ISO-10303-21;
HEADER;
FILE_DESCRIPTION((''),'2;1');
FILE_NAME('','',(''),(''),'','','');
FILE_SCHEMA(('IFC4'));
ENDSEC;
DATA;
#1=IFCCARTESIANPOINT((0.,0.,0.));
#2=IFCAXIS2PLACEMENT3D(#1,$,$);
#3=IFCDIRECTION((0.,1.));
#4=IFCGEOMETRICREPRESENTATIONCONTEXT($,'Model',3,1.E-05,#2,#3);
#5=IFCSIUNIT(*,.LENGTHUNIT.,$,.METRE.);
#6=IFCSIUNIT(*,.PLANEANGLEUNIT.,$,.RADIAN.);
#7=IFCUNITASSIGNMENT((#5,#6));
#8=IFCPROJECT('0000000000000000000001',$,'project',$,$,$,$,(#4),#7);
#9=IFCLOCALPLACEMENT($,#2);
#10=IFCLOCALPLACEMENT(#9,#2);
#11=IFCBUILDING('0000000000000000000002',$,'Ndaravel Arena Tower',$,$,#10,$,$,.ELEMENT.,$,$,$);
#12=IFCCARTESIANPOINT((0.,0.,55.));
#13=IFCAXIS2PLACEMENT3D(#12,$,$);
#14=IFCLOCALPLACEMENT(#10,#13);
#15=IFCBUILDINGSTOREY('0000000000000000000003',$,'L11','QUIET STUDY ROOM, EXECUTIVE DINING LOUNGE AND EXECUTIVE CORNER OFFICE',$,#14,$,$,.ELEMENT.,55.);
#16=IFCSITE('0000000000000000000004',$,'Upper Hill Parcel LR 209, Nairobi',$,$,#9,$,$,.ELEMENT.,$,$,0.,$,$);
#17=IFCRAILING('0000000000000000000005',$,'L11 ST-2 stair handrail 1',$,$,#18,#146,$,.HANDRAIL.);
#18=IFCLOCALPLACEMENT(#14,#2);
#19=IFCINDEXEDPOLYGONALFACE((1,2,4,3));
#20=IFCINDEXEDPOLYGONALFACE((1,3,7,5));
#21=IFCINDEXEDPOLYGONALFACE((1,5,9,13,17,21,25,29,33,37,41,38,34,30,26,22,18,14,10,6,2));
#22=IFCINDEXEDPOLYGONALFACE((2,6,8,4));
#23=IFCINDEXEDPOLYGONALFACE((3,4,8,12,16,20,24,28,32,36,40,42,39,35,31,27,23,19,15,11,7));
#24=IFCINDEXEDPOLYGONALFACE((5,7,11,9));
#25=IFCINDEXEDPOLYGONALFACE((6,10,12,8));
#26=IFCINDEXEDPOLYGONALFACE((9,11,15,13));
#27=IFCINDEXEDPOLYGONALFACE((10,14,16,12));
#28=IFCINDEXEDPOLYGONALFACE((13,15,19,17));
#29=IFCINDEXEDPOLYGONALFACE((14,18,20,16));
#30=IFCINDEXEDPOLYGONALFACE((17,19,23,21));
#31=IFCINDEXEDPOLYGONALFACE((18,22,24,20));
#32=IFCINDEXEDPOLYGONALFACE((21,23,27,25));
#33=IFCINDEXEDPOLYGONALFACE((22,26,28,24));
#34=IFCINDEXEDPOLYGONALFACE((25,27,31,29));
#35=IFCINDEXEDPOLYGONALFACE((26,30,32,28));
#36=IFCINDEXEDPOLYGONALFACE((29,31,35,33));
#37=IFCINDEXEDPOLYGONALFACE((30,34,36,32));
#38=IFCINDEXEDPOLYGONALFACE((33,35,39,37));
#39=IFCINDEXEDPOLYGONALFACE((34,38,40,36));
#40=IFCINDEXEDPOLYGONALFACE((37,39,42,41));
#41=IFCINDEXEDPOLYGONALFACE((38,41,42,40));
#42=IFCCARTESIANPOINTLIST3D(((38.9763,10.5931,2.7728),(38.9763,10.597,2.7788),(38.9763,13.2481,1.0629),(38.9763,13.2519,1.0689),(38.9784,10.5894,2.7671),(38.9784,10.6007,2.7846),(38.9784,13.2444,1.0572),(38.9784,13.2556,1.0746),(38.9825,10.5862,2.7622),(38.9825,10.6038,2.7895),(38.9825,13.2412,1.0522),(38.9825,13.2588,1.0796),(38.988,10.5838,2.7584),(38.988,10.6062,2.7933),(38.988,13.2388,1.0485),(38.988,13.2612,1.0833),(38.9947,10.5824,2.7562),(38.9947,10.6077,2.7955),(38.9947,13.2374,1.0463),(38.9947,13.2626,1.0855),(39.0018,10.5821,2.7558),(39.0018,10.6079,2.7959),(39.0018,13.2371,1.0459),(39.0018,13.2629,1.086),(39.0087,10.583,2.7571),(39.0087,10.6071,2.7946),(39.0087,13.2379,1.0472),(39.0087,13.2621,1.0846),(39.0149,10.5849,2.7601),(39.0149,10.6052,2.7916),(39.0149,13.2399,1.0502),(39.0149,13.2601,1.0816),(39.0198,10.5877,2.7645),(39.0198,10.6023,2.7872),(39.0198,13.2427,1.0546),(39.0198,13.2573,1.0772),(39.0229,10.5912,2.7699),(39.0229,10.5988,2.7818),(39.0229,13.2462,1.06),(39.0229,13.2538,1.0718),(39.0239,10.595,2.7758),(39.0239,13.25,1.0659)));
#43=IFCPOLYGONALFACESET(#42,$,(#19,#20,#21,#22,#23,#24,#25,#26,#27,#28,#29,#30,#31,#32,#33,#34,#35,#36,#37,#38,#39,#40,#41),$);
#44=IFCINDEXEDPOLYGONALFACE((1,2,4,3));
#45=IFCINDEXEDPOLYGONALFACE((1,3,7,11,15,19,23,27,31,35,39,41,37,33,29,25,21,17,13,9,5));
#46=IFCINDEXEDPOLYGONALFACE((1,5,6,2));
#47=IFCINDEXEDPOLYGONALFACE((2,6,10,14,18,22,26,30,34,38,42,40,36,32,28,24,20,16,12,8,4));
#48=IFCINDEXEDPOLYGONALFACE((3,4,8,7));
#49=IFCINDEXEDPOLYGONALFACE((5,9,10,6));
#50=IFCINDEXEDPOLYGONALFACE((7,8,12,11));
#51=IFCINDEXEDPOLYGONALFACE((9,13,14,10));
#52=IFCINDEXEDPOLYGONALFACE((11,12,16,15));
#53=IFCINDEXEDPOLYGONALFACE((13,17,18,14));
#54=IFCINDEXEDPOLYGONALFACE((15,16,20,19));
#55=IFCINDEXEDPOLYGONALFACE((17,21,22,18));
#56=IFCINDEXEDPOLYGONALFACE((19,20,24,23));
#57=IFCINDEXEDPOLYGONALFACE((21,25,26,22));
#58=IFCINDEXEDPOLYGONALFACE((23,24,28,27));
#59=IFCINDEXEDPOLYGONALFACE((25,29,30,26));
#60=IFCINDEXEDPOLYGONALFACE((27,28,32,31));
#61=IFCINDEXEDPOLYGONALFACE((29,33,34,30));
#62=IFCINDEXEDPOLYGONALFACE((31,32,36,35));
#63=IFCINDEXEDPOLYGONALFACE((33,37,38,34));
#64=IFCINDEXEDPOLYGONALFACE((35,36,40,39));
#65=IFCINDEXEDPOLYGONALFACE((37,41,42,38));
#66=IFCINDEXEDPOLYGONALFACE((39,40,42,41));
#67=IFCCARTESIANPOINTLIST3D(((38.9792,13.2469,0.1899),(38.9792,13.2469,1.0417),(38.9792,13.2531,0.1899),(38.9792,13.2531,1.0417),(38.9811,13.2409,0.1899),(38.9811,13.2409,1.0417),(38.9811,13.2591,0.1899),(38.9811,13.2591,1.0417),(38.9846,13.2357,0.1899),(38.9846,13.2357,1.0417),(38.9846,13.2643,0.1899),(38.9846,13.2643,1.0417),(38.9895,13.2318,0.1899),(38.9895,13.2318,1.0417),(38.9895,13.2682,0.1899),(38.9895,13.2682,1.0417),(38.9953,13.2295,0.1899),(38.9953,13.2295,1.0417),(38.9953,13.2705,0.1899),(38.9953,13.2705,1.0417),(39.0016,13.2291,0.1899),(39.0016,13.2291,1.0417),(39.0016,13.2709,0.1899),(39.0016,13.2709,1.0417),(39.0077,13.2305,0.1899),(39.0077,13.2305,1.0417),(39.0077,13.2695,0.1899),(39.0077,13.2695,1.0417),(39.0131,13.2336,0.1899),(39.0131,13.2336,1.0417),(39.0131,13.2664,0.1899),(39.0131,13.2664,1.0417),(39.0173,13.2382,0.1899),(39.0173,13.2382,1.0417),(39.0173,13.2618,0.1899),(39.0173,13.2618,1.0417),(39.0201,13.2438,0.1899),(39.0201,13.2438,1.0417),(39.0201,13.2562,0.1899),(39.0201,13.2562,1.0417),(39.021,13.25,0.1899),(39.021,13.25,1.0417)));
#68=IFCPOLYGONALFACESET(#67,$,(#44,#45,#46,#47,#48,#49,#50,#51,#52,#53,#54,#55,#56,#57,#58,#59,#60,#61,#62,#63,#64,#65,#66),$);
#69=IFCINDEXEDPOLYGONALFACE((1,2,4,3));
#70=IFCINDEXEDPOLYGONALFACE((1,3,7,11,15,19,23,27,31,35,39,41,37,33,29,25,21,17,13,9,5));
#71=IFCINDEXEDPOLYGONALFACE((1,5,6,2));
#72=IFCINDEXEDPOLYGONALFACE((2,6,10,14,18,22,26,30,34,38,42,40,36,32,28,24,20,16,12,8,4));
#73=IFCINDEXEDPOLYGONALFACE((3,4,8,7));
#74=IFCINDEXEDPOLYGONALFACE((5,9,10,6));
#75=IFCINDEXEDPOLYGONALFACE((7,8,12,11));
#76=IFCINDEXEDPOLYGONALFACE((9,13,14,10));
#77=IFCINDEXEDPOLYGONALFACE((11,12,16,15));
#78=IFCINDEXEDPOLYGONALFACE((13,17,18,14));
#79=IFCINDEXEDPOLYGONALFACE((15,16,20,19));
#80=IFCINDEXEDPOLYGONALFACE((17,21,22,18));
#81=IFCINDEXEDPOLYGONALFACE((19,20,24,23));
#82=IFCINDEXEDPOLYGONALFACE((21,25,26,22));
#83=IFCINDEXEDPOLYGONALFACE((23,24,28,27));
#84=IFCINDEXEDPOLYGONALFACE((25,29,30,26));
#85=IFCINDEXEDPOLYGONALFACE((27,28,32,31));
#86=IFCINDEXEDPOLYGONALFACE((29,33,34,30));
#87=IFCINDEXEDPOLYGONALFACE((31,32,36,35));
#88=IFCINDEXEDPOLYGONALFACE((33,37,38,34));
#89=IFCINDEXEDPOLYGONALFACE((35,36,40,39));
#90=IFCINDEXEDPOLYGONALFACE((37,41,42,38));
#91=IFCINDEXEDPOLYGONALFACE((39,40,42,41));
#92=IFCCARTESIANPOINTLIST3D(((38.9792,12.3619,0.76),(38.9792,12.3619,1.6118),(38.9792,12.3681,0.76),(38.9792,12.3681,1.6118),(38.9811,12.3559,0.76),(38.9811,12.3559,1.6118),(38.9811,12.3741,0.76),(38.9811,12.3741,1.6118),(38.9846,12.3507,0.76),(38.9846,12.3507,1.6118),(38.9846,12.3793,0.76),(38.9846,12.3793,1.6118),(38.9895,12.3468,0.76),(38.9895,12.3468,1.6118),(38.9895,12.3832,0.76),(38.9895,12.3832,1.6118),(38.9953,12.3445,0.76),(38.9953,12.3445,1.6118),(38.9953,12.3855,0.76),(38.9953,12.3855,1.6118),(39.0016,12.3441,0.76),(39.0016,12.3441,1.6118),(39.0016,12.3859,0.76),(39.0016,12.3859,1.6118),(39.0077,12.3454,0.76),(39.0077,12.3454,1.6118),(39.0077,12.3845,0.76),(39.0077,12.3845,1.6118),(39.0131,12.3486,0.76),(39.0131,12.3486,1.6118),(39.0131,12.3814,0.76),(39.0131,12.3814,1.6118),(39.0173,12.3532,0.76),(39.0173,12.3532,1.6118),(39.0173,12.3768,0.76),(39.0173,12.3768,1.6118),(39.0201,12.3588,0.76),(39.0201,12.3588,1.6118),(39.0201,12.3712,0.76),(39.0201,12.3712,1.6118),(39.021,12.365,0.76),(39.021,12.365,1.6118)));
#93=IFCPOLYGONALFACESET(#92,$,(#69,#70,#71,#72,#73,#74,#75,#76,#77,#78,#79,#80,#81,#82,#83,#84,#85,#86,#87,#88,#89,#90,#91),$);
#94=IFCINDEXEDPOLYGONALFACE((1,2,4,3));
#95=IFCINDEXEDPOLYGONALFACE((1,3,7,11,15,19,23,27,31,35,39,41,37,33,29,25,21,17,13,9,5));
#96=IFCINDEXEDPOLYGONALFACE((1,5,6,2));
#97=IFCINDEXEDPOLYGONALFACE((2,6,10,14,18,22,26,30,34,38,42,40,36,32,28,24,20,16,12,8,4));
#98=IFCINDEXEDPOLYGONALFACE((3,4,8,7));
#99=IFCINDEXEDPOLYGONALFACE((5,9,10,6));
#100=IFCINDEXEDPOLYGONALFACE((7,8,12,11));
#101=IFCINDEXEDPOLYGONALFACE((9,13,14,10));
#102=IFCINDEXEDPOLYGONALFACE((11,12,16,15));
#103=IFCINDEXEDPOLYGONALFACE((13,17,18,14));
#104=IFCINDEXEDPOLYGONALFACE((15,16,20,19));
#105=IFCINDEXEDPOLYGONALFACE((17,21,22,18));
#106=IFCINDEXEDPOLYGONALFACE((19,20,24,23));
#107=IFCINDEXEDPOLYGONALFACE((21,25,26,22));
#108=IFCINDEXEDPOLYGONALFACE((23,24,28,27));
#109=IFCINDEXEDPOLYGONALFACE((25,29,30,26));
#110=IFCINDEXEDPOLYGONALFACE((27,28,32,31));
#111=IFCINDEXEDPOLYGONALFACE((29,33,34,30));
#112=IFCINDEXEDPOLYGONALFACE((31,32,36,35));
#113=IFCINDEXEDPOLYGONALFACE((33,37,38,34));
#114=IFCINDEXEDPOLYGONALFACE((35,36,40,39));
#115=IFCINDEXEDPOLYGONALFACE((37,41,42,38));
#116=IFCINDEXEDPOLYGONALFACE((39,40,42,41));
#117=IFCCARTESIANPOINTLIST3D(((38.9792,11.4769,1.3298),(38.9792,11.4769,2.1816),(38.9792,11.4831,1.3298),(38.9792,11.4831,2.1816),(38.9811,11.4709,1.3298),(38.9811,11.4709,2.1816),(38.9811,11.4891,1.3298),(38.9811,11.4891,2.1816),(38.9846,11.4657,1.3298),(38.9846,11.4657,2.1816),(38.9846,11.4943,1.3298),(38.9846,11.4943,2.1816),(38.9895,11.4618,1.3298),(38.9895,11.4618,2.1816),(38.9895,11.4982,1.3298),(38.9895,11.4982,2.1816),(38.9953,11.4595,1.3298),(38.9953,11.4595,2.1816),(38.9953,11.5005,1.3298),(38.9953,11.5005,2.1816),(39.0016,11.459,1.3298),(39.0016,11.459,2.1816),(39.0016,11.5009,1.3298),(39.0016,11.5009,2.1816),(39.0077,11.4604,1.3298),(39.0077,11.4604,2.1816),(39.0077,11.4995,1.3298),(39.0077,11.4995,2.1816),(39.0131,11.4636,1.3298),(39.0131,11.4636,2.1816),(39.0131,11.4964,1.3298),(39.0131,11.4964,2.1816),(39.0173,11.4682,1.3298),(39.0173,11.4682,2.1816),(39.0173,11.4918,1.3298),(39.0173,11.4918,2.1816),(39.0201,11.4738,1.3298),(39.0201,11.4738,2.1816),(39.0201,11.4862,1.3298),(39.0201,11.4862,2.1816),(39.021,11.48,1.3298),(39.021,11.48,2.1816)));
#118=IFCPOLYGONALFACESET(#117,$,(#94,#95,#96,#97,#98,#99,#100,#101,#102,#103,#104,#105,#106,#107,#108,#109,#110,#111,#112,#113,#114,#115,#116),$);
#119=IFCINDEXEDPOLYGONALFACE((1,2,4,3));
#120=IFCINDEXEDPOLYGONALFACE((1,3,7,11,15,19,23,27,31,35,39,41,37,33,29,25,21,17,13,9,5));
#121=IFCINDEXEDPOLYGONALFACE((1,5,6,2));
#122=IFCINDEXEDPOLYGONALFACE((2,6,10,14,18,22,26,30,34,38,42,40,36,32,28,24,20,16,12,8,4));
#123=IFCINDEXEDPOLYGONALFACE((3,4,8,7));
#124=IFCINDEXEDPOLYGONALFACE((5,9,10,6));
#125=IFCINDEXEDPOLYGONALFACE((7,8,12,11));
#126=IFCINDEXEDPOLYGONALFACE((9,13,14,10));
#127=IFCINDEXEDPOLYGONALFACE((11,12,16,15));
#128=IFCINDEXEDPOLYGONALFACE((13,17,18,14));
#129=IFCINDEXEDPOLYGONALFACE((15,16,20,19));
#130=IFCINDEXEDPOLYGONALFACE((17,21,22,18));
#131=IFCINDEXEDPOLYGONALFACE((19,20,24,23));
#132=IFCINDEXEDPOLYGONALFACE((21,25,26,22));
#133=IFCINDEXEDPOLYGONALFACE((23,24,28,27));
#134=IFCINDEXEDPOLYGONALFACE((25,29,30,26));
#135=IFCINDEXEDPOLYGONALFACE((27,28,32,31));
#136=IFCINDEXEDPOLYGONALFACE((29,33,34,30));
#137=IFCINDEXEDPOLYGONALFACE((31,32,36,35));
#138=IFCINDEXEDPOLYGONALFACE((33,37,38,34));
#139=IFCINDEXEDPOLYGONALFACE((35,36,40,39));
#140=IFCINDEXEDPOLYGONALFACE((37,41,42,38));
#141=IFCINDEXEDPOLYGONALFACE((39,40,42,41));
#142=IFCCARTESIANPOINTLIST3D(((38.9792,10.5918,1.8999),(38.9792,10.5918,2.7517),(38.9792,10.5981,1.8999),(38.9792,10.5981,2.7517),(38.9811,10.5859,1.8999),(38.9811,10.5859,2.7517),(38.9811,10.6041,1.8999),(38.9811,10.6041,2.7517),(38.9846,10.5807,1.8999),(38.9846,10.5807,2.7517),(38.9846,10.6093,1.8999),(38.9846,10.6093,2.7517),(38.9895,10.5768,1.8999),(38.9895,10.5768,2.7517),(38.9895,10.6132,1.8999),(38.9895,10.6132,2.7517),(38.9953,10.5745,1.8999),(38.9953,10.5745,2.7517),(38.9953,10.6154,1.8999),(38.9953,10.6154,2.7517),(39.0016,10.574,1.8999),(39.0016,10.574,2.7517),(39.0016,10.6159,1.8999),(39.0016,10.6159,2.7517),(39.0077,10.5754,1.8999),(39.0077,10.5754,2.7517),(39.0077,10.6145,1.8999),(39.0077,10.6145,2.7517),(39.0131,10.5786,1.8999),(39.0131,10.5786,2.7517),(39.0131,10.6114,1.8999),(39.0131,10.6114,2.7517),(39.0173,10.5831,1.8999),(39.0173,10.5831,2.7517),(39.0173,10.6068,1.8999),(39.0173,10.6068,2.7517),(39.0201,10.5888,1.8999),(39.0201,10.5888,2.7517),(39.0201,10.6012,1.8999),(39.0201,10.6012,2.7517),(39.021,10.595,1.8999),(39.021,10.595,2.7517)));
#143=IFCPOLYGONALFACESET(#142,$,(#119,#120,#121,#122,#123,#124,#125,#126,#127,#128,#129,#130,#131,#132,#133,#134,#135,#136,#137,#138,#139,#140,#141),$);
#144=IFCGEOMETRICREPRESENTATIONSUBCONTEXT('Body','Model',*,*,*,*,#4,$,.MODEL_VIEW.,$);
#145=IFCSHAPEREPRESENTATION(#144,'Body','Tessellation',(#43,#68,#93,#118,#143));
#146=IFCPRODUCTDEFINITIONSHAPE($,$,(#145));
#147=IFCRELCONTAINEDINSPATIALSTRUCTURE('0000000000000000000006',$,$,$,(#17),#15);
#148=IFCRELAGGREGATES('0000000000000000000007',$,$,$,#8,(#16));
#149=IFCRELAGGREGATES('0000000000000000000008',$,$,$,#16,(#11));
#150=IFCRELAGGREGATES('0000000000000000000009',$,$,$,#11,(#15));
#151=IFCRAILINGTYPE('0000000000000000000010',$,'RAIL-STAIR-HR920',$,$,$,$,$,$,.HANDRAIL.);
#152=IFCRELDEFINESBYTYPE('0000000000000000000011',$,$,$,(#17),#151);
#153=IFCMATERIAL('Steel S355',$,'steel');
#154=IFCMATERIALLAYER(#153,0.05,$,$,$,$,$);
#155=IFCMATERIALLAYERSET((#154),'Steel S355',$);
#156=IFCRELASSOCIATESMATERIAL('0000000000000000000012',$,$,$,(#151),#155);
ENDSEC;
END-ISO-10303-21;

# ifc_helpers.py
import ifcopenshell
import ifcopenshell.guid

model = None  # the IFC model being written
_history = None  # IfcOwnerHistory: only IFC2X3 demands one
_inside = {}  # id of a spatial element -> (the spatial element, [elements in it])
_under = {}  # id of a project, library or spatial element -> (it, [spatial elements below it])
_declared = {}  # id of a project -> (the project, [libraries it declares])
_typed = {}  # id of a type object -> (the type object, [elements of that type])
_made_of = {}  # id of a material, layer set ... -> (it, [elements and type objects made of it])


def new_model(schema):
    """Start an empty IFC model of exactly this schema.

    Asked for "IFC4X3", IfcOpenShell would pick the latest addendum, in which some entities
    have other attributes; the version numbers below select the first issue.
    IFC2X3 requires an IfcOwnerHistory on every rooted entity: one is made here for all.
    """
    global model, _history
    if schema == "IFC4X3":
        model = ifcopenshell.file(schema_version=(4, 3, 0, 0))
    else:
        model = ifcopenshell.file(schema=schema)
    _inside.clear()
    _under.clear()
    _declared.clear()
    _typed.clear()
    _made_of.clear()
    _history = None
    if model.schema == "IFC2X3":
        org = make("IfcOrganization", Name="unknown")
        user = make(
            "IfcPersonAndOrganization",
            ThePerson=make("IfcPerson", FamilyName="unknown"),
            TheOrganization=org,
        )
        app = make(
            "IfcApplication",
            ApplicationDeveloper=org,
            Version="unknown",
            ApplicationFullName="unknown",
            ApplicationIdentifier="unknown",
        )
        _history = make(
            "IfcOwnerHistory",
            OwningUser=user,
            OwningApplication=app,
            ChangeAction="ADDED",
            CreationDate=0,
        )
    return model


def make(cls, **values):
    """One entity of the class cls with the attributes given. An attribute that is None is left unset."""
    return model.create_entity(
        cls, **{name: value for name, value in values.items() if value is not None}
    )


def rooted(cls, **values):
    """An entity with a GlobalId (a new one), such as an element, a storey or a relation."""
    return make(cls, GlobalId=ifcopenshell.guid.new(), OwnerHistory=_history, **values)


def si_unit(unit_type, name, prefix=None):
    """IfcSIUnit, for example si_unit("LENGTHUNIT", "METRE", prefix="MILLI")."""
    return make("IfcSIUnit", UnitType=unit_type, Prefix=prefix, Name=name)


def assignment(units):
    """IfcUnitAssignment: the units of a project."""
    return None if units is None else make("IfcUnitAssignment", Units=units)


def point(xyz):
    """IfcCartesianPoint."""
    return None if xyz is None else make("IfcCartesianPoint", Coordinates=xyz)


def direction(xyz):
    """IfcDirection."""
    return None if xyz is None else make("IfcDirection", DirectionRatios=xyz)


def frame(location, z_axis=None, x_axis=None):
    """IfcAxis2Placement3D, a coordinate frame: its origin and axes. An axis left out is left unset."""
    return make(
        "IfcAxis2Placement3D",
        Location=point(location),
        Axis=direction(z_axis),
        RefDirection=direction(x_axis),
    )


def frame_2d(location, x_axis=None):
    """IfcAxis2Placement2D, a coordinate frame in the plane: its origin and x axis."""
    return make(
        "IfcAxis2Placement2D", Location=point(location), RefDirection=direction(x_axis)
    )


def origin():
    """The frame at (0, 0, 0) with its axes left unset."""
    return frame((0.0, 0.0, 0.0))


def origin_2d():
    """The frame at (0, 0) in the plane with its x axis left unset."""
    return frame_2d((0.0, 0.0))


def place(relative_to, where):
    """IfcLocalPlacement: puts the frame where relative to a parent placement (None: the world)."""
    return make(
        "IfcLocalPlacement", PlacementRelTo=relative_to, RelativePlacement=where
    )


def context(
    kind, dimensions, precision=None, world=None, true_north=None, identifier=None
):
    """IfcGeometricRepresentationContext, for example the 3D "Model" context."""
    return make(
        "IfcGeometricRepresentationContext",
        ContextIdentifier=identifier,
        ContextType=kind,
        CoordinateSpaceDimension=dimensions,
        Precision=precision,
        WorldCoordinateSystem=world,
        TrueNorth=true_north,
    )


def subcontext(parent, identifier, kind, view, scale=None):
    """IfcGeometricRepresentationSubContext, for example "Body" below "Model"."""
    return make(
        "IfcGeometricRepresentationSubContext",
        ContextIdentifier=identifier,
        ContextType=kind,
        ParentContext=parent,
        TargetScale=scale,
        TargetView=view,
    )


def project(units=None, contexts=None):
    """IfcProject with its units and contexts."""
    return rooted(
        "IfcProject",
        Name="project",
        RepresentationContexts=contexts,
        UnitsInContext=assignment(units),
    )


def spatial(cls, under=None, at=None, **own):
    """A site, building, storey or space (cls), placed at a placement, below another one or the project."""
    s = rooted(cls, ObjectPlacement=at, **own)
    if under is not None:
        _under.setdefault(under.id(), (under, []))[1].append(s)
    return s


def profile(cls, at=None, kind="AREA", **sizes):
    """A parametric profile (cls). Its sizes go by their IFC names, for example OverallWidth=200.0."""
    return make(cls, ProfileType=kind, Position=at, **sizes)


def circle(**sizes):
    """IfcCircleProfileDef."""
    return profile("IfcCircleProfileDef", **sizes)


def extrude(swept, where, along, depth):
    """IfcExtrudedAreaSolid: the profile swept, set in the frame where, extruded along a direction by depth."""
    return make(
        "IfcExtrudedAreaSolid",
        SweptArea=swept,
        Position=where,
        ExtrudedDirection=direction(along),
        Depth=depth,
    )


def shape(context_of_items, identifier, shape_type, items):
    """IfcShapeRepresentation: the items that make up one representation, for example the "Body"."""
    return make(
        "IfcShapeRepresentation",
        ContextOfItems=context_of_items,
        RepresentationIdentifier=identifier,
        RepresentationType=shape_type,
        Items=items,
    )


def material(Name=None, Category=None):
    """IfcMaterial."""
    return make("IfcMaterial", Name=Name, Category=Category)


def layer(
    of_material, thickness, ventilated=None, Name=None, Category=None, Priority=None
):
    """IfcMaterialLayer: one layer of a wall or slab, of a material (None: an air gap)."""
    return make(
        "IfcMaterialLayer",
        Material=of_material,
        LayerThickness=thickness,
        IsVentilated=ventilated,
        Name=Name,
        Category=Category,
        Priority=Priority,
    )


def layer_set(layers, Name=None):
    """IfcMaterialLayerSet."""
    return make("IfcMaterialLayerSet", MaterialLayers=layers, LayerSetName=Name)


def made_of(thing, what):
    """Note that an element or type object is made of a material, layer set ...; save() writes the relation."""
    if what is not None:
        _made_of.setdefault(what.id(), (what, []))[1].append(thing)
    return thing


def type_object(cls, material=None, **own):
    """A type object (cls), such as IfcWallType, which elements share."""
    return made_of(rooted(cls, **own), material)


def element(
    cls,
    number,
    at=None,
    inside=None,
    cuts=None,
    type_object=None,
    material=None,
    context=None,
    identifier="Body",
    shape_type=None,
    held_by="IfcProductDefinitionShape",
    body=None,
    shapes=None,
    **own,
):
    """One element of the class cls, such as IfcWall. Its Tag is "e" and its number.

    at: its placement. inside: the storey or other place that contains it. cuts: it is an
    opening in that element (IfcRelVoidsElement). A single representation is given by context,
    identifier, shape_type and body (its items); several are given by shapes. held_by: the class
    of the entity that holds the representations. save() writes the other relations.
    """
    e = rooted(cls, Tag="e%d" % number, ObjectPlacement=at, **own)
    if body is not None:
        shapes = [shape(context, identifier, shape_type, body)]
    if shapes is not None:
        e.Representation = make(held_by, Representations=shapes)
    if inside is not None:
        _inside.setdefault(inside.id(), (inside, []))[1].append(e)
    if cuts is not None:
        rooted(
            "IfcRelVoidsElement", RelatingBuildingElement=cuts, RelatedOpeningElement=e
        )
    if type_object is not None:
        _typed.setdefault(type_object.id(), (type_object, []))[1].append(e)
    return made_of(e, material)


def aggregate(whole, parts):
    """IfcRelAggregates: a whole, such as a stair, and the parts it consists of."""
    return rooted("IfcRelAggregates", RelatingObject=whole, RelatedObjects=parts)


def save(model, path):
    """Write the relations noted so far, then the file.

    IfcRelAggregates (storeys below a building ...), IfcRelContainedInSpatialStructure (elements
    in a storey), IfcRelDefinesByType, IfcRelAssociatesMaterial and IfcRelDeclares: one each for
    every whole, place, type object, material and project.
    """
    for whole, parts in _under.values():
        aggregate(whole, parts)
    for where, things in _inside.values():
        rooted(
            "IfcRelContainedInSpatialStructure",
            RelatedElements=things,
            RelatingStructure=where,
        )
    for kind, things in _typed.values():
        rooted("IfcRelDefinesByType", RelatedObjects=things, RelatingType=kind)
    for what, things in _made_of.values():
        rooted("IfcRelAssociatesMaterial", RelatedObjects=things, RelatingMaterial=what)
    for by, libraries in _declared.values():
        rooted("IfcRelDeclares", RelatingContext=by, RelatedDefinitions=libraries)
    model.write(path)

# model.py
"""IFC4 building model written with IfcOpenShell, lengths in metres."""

from ifc_helpers import new_model, si_unit, direction, frame, origin, origin_2d, place, context, subcontext, project, spatial, circle, extrude, material, layer, layer_set, type_object, element, save


model = new_model("IFC4")

# Units and contexts
model_context = context("Model", 3, precision=1e-05, world=origin(), true_north=direction((0.0, 1.0)))
body_context = subcontext(model_context, "Body", "Model", "MODEL_VIEW")
ifc_project = project(units=[si_unit("LENGTHUNIT", "METRE"), si_unit("PLANEANGLEUNIT", "RADIAN")], contexts=[model_context])

# Site, building, storey
site_placement = place(None, origin())
site = spatial("IfcSite", under=ifc_project, at=site_placement, Name="Upper Hill Parcel LR 209, Nairobi", CompositionType="ELEMENT", RefElevation=0.0)
building_placement = place(site_placement, origin())
building = spatial("IfcBuilding", under=site, at=building_placement, Name="Ndaravel Arena Tower", CompositionType="ELEMENT")
storey_placement = place(building_placement, frame((0.0, 0.0, 55.0)))
storey = spatial("IfcBuildingStorey", under=building, at=storey_placement, Name="L11", Description="QUIET STUDY ROOM, EXECUTIVE DINING LOUNGE AND EXECUTIVE CORNER OFFICE", CompositionType="ELEMENT", Elevation=55.0)

# Railing
ifc_material_1 = material(Name="Steel S355", Category="steel")
ifc_layer_1 = layer(ifc_material_1, 0.05)
ifc_layer_set_1 = layer_set([ifc_layer_1], Name="Steel S355")
railing_type_1 = type_object("IfcRailingType", Name="RAIL-STAIR-HR920", PredefinedType="HANDRAIL", material=ifc_layer_set_1)
railing_1_placement = place(storey_placement, frame((39.0, 13.25, 0.1899)))
element("IfcRailing", 1, at=railing_1_placement, inside=storey, type_object=railing_type_1, Name="L11 ST-2 stair handrail 1", PredefinedType="HANDRAIL", context=body_context, shape_type="SweptSolid", body=[
    extrude(circle(Radius=0.0239, at=origin_2d()), frame((0.0, 0.0, 0.876), z_axis=(0.0, -0.840724, 0.541465), x_axis=(1.0, 0.0, 0.0)), (0.0, 0.0, 1.0), 3.158),
    extrude(circle(Radius=0.021, at=origin_2d()), origin(), (0.0, 0.0, 1.0), 0.8518),
    extrude(circle(Radius=0.021, at=origin_2d()), frame((0.0, -0.885, 0.5701)), (0.0, 0.0, 1.0), 0.8518),
    extrude(circle(Radius=0.021, at=origin_2d()), frame((0.0, -1.77, 1.1399)), (0.0, 0.0, 1.0), 0.8518),
    extrude(circle(Radius=0.021, at=origin_2d()), frame((0.0, -2.655, 1.71)), (0.0, 0.0, 1.0), 0.8518),
])

save(model, "model.ifc")
